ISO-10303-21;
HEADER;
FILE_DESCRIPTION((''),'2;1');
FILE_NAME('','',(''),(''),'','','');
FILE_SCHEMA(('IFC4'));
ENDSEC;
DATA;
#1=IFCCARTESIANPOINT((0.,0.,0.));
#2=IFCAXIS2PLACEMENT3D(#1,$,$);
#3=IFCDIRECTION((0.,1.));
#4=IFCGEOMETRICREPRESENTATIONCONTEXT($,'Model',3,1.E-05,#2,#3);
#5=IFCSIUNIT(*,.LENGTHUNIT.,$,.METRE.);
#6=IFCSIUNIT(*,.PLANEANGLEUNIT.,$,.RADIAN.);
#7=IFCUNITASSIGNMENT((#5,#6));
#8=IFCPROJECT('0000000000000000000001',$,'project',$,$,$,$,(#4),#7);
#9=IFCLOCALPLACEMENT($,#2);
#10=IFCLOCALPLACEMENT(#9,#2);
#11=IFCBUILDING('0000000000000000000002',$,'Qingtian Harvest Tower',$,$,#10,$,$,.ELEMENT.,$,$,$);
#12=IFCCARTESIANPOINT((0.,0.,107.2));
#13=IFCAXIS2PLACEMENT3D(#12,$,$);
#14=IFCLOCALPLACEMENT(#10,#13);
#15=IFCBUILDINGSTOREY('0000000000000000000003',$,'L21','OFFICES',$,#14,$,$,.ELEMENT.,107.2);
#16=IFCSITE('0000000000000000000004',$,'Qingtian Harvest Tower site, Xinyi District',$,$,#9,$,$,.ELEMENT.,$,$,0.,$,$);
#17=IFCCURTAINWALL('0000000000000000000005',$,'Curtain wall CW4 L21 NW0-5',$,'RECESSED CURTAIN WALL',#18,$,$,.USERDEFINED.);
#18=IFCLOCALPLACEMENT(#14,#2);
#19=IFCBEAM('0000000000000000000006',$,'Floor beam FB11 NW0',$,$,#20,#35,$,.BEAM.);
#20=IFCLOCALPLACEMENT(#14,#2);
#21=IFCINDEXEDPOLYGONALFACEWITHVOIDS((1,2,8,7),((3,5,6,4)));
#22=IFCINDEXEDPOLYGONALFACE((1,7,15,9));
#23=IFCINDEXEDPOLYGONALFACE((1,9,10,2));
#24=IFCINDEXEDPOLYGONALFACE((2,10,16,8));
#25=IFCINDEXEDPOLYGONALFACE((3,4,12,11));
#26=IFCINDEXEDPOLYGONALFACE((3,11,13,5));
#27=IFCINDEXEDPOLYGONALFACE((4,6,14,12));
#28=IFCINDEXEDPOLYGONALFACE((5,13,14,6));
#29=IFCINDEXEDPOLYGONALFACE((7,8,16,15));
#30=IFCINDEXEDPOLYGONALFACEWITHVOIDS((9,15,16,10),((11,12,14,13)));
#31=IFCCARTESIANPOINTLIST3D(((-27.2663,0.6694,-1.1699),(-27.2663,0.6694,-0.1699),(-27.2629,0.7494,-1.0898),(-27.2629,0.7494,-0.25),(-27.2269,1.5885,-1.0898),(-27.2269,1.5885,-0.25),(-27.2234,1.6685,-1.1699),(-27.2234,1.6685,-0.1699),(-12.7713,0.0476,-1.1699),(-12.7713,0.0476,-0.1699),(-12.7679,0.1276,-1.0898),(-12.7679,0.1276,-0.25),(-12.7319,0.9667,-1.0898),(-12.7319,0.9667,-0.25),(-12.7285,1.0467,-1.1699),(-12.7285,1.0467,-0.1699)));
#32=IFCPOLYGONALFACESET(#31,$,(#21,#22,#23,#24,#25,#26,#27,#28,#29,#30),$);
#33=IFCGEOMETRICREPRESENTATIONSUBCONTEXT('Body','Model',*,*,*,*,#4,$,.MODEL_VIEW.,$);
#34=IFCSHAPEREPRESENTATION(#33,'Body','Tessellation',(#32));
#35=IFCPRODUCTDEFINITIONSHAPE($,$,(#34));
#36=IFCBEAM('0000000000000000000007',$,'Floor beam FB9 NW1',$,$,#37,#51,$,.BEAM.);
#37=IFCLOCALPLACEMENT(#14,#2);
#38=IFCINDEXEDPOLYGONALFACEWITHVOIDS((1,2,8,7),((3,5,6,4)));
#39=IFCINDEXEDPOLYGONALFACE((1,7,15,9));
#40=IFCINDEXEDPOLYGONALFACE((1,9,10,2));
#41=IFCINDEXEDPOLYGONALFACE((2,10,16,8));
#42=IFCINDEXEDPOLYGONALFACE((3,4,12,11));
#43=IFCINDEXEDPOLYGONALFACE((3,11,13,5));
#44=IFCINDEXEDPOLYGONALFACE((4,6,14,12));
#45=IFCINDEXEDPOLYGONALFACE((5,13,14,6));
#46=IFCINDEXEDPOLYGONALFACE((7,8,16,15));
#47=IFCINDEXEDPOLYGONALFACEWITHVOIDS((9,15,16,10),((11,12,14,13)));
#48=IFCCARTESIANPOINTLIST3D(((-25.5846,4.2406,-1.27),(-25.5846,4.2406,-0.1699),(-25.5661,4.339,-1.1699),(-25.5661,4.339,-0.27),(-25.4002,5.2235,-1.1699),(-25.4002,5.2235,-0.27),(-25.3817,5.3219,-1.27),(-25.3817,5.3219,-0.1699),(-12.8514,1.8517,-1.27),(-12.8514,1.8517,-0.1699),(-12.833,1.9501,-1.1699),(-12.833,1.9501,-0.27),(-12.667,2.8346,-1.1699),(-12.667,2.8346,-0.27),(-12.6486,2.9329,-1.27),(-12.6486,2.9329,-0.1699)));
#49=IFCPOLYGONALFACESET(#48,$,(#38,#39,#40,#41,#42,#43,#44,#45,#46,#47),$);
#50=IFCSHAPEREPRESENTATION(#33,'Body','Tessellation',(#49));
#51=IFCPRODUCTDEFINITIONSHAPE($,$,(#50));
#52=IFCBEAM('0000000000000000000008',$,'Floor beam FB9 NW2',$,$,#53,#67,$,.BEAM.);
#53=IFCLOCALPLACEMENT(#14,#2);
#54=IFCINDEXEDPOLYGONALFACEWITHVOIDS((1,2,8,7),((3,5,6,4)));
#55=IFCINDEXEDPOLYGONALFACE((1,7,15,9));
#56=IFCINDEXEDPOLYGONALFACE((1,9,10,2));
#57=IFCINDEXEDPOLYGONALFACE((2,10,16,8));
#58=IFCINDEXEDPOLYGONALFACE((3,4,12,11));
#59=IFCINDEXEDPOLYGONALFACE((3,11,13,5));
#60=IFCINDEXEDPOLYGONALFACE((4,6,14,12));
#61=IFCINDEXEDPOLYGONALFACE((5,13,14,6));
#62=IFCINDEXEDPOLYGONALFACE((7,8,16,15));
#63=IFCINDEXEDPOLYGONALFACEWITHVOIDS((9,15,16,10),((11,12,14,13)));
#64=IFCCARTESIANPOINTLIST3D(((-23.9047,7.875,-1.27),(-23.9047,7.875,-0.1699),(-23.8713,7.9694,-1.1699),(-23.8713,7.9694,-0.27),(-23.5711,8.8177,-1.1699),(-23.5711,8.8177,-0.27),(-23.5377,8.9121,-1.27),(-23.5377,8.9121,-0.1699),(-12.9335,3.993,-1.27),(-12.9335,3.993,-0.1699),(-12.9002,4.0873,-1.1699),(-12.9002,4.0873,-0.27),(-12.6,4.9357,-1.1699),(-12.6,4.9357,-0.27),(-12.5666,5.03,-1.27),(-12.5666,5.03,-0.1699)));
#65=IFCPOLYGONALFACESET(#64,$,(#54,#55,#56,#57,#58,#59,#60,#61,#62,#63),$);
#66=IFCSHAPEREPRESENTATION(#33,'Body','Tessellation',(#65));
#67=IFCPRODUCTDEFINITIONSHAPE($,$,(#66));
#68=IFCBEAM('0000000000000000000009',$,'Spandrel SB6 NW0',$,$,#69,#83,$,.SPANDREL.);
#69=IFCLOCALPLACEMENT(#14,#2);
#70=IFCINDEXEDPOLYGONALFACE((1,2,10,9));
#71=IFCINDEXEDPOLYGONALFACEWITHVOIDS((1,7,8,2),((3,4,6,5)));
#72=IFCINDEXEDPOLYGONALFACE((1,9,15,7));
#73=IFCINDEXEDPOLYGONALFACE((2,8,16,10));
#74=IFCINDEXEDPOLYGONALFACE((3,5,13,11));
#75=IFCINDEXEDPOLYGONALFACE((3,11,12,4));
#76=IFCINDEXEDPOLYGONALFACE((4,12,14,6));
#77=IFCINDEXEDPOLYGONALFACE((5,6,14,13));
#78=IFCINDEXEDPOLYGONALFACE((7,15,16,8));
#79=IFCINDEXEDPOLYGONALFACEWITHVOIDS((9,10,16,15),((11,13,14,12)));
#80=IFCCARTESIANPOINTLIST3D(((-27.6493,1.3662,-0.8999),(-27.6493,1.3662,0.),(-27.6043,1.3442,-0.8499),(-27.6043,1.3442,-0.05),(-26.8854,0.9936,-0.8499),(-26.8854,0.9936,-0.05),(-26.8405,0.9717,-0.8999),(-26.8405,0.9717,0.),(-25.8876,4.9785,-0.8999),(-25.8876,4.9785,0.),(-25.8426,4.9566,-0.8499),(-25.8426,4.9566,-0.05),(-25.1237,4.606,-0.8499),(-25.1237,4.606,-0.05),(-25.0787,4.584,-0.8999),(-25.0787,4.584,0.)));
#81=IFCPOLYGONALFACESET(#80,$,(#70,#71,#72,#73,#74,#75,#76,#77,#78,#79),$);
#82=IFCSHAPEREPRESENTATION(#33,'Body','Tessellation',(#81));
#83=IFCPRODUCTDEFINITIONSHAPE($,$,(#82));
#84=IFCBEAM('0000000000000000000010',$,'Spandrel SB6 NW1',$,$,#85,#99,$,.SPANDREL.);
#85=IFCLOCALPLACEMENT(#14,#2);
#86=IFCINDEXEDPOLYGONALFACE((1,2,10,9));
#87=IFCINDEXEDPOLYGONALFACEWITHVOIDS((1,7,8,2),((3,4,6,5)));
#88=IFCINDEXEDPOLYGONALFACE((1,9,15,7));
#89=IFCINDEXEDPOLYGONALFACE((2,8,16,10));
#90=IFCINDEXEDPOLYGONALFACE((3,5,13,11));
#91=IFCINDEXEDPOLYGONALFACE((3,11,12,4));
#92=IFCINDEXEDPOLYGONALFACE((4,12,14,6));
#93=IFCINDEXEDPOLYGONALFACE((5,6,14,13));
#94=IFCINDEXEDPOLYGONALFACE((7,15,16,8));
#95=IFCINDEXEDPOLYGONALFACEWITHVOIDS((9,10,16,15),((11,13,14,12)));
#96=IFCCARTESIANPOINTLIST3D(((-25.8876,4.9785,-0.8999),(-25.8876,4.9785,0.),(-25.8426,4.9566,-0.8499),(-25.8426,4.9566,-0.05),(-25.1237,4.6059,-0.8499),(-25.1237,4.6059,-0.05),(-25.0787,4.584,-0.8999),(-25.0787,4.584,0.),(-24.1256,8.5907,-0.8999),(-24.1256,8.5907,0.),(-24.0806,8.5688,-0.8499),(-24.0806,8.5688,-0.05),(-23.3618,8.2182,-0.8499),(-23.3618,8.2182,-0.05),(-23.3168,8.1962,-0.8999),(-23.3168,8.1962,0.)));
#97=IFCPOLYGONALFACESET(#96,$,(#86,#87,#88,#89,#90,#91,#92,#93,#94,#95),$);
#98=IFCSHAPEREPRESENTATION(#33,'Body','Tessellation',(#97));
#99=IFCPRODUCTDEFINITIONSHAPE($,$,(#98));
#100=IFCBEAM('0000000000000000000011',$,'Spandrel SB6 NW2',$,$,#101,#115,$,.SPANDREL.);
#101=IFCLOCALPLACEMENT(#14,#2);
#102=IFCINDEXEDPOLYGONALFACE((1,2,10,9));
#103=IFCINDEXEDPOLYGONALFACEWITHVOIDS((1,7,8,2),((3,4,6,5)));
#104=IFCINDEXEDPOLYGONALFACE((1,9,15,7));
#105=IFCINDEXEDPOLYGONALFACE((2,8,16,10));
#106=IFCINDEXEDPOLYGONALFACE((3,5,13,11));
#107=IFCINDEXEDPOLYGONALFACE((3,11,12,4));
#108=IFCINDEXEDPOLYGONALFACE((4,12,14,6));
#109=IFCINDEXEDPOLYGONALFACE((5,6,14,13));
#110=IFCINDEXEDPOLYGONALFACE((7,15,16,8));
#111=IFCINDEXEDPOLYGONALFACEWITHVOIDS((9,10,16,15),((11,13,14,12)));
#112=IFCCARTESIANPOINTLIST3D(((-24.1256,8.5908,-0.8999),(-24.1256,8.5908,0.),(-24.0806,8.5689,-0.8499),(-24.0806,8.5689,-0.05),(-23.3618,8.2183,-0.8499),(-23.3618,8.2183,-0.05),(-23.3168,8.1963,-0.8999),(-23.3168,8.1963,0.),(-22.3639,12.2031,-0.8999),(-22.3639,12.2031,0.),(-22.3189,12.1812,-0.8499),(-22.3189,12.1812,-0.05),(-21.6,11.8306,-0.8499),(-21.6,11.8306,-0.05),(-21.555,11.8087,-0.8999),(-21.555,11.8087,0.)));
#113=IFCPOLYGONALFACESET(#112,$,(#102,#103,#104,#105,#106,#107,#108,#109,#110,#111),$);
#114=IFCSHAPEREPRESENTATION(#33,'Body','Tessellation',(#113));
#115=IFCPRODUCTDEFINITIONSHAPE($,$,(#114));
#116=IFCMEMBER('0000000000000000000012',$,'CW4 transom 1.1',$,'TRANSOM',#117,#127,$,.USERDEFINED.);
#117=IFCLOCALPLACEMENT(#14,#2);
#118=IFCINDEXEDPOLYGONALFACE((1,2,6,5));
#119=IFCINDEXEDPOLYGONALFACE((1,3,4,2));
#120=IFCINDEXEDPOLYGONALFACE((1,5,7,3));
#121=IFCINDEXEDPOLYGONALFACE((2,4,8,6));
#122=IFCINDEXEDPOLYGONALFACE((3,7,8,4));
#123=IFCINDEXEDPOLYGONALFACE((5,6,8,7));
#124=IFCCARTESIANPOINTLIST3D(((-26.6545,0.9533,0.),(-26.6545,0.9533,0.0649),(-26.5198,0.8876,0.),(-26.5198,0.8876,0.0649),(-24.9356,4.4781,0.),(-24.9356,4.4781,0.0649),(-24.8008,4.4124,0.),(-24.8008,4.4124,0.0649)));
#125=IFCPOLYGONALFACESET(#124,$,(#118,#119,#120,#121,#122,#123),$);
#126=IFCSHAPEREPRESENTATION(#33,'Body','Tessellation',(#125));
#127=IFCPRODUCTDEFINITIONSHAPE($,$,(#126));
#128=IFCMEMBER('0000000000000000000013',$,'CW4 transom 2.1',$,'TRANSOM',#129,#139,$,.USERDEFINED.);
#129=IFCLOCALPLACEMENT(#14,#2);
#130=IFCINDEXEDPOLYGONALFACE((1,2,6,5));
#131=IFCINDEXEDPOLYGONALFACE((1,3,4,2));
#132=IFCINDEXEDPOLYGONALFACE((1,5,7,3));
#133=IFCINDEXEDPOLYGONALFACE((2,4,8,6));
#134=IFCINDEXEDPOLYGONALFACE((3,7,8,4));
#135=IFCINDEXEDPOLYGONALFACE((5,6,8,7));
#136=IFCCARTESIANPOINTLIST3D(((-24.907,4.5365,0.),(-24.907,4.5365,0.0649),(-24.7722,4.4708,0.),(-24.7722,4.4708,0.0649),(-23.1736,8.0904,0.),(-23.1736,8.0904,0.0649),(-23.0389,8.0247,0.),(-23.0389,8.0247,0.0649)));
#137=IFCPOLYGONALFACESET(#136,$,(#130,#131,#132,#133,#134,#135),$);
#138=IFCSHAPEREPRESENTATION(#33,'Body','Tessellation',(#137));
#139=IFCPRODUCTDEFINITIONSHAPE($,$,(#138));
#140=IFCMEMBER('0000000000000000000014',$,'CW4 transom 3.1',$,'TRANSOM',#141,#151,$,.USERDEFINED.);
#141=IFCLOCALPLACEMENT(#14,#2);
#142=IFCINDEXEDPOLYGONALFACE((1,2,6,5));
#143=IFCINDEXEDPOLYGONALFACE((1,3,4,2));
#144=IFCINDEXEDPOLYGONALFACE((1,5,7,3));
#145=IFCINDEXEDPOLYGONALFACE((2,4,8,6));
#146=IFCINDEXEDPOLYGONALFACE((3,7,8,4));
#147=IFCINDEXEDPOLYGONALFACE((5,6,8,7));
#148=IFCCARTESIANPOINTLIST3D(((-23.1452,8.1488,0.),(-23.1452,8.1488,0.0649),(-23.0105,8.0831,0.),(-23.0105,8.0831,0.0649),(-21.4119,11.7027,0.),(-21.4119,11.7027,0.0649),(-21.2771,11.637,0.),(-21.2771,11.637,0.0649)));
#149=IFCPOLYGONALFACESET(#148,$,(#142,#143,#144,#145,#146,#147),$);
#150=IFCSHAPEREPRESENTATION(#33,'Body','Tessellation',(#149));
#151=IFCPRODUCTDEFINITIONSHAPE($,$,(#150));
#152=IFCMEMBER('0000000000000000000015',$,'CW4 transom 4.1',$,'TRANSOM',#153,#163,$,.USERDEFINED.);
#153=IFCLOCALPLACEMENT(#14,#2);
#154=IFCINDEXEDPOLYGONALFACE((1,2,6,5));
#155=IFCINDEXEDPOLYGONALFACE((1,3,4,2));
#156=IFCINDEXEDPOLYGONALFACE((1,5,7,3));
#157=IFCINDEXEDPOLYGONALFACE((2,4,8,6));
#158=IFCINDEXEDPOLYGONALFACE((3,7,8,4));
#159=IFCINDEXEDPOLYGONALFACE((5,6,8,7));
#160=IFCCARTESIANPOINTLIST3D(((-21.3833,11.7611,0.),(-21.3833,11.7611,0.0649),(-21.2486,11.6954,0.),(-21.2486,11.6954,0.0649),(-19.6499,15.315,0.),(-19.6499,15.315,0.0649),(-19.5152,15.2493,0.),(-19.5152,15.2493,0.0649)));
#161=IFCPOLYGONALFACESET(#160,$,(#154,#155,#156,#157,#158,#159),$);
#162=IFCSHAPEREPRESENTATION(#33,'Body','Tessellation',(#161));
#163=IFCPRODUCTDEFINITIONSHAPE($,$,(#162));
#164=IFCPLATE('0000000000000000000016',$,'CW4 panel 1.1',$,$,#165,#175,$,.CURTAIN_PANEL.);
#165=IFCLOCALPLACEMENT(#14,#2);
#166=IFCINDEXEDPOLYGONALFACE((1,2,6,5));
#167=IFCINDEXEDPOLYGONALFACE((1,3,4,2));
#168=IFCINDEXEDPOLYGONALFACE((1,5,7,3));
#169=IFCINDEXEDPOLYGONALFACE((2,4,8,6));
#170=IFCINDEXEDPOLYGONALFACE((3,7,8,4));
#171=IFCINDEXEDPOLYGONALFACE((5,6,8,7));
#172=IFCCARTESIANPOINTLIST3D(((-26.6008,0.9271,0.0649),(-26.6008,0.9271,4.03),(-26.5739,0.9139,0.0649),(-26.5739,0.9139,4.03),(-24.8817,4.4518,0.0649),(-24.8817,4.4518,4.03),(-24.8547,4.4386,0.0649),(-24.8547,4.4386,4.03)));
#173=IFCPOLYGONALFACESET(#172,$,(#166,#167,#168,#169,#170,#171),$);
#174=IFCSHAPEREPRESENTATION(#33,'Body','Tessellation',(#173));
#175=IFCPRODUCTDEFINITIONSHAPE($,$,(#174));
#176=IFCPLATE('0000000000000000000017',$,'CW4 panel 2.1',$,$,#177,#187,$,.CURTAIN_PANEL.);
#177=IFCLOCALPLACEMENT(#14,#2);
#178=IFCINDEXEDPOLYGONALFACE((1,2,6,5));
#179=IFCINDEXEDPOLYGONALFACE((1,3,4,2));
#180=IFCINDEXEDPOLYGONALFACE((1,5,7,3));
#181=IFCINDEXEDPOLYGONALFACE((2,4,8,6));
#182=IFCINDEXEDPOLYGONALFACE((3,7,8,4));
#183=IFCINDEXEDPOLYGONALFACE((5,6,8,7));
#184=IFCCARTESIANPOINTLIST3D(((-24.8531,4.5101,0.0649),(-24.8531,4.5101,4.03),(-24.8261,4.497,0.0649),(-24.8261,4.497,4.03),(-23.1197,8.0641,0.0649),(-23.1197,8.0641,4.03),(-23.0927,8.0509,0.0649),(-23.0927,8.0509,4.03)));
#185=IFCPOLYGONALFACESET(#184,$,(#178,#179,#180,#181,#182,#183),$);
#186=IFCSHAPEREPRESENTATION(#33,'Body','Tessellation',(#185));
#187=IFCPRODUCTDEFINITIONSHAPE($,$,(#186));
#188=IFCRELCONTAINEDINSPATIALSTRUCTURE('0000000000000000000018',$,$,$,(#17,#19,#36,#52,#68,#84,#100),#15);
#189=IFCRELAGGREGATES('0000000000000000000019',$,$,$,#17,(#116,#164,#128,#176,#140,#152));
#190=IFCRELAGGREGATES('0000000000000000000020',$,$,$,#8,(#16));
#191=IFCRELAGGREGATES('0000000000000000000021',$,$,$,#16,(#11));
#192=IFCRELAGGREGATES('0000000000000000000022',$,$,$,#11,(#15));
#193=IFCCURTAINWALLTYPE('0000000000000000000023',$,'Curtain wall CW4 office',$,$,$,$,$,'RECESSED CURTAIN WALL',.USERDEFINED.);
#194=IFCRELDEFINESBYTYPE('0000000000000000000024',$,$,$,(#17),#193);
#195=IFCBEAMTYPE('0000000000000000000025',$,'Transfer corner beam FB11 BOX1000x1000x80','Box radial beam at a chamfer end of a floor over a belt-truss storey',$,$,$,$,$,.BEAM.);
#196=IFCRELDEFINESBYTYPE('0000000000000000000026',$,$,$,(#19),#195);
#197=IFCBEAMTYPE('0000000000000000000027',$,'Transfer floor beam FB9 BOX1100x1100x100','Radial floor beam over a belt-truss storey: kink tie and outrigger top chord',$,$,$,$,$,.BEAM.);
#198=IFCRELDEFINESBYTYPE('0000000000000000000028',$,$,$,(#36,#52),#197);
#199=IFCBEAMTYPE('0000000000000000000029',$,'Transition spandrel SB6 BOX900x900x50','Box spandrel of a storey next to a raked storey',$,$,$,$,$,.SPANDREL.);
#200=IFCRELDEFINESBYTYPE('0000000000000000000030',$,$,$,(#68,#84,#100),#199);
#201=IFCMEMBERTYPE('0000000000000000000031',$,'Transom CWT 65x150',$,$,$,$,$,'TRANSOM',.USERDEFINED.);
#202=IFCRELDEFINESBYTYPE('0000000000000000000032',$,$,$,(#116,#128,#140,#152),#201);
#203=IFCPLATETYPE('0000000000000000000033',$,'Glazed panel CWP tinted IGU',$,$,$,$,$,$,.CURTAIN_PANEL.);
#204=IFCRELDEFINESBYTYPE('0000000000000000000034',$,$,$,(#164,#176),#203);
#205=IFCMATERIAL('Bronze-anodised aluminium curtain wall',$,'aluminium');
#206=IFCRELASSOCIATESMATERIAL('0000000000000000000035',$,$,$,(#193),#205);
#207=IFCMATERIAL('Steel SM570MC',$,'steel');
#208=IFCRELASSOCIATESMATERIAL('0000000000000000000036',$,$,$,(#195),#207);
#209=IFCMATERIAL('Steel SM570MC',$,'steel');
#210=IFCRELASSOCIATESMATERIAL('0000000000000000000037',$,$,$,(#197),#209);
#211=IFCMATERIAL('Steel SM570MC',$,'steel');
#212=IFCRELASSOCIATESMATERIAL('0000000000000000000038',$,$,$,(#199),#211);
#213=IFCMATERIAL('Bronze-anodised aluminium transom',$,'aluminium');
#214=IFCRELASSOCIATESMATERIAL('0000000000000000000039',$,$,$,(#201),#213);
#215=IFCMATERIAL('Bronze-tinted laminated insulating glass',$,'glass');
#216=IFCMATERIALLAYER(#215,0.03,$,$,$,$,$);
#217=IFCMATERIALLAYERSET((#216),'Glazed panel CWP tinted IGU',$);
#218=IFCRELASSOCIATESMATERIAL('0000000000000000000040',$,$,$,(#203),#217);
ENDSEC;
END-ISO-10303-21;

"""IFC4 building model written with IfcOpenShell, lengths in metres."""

from ifc_helpers import new_model, si_unit, direction, frame, origin, origin_2d, place, context, subcontext, project, spatial, rectangle, hollow_rectangle, extrude, material, layer, layer_set, material_profile, profile_set, type_object, element, aggregate, save


model = new_model("IFC4")

# Units and contexts
model_context = context("Model", 3, precision=1e-05, world=origin(), true_north=direction((0.0, 1.0)))
body_context = subcontext(model_context, "Body", "Model", "MODEL_VIEW")
ifc_project = project(units=[si_unit("LENGTHUNIT", "METRE"), si_unit("PLANEANGLEUNIT", "RADIAN")], contexts=[model_context])

# Site, building, storey
site_placement = place(None, origin())
site = spatial("IfcSite", under=ifc_project, at=site_placement, Name="Qingtian Harvest Tower site, Xinyi District", CompositionType="ELEMENT", RefElevation=0.0)
building_placement = place(site_placement, origin())
building = spatial("IfcBuilding", under=site, at=building_placement, Name="Qingtian Harvest Tower", CompositionType="ELEMENT")
storey_placement = place(building_placement, frame((0.0, 0.0, 107.2)))
storey = spatial("IfcBuildingStorey", under=building, at=storey_placement, Name="L21", Description="OFFICES", CompositionType="ELEMENT", Elevation=107.2)

# Shared definitions
ifc_material_1 = material(Name="Bronze-anodised aluminium curtain wall", Category="aluminium")
curtain_wall_type = type_object("IfcCurtainWallType", Name="Curtain wall CW4 office", ElementType="RECESSED CURTAIN WALL", PredefinedType="USERDEFINED", material=ifc_material_1)

# Curtain wall
curtain_wall_1_placement = place(storey_placement, origin())
curtain_wall_1 = element("IfcCurtainWall", 1, at=curtain_wall_1_placement, inside=storey, type_object=curtain_wall_type, Name="Curtain wall CW4 L21 NW0-5", ObjectType="RECESSED CURTAIN WALL", PredefinedType="USERDEFINED")

# Beams
ifc_material_2 = material(Name="Steel SM570MC", Category="steel")
ifc_material_profile_1 = material_profile(ifc_material_2, hollow_rectangle(XDim=1.0, YDim=1.0, WallThickness=0.0801, at=origin_2d()), Name="BOX1000x1000x80")
ifc_profile_set_1 = profile_set([ifc_material_profile_1], Name="Steel SM570MC")
beam_type_1 = type_object("IfcBeamType", Name="Transfer corner beam FB11 BOX1000x1000x80", Description="Box radial beam at a chamfer end of a floor over a belt-truss storey", PredefinedType="BEAM", material=ifc_profile_set_1)
beam_1_placement = place(storey_placement, frame((-27.2449, 1.1689, -0.6699), z_axis=(0.999081, -0.04286, 0.0), x_axis=(0.04286, 0.999081, 0.0)))
element("IfcBeam", 2, at=beam_1_placement, inside=storey, type_object=beam_type_1, Name="Floor beam FB11 NW0", PredefinedType="BEAM", context=body_context, shape_type="SweptSolid", body=[
    extrude(hollow_rectangle(XDim=1.0, YDim=1.0, WallThickness=0.0801, at=origin_2d()), origin(), (0.0, 0.0, 1.0), 14.5083),
])
ifc_material_3 = material(Name="Steel SM570MC", Category="steel")
ifc_material_profile_2 = material_profile(ifc_material_3, hollow_rectangle(XDim=1.1001, YDim=1.1001, WallThickness=0.1001, at=origin_2d()), Name="BOX1100x1100x100")
ifc_profile_set_2 = profile_set([ifc_material_profile_2], Name="Steel SM570MC")
beam_type_2 = type_object("IfcBeamType", Name="Transfer floor beam FB9 BOX1100x1100x100", Description="Radial floor beam over a belt-truss storey: kink tie and outrigger top chord", PredefinedType="BEAM", material=ifc_profile_set_2)
beam_2_placement = place(storey_placement, frame((-25.4832, 4.7812, -0.72), z_axis=(0.982852, -0.184397, 0.0), x_axis=(0.184397, 0.982852, 0.0)))
element("IfcBeam", 3, at=beam_2_placement, inside=storey, type_object=beam_type_2, Name="Floor beam FB9 NW1", PredefinedType="BEAM", context=body_context, shape_type="SweptSolid", body=[
    extrude(hollow_rectangle(XDim=1.1001, YDim=1.1001, WallThickness=0.1001, at=origin_2d()), origin(), (0.0, 0.0, 1.0), 12.9553),
])
beam_3_placement = place(storey_placement, frame((-23.7212, 8.3936, -0.72), z_axis=(0.942723, -0.333576, 0.0), x_axis=(0.333576, 0.942723, 0.0)))
element("IfcBeam", 4, at=beam_3_placement, inside=storey, type_object=beam_type_2, Name="Floor beam FB9 NW2", PredefinedType="BEAM", context=body_context, shape_type="SweptSolid", body=[
    extrude(hollow_rectangle(XDim=1.1001, YDim=1.1001, WallThickness=0.1001, at=origin_2d()), origin(), (0.0, 0.0, 1.0), 11.6377),
])
ifc_material_4 = material(Name="Steel SM570MC", Category="steel")
ifc_material_profile_3 = material_profile(ifc_material_4, hollow_rectangle(XDim=0.8999, YDim=0.8999, WallThickness=0.05, at=origin_2d()), Name="BOX900x900x50")
ifc_profile_set_3 = profile_set([ifc_material_profile_3], Name="Steel SM570MC")
beam_type_3 = type_object("IfcBeamType", Name="Transition spandrel SB6 BOX900x900x50", Description="Box spandrel of a storey next to a raked storey", PredefinedType="SPANDREL", material=ifc_profile_set_3)
for number, where, z_axis, x_axis, name in (
    (5, (-27.2449, 1.1689, -0.45), (0.438347, 0.898806, 0.0), (-0.898806, 0.438347, 0.0), "Spandrel SB6 NW0"),
    (6, (-25.4832, 4.7812, -0.45), (0.438396, 0.898782, 0.0), (-0.898782, 0.438396, 0.0), "Spandrel SB6 NW1"),
    (7, (-23.7212, 8.3936, -0.45), (0.438347, 0.898806, 0.0), (-0.898806, 0.438347, 0.0), "Spandrel SB6 NW2"),
):
    element("IfcBeam", number, at=place(storey_placement, frame(where, z_axis=z_axis, x_axis=x_axis)), inside=storey, type_object=beam_type_3, Name=name, PredefinedType="SPANDREL", context=body_context, shape_type="SweptSolid", body=[
        extrude(hollow_rectangle(XDim=0.8999, YDim=0.8999, WallThickness=0.05, at=origin_2d()), origin(), (0.0, 0.0, 1.0), 4.019),
    ])

# Members
ifc_material_5 = material(Name="Bronze-anodised aluminium transom", Category="aluminium")
ifc_material_profile_4 = material_profile(ifc_material_5, rectangle(XDim=0.1499, YDim=0.0649, at=origin_2d()), Name="AL 65x150")
ifc_profile_set_4 = profile_set([ifc_material_profile_4], Name="Bronze-anodised aluminium transom")
member_type_1 = type_object("IfcMemberType", Name="Transom CWT 65x150", ElementType="TRANSOM", PredefinedType="USERDEFINED", material=ifc_profile_set_4)
member_1_placement = place(storey_placement, frame((-26.5872, 0.9204, 0.0325), z_axis=(0.438327, 0.898816, 0.0), x_axis=(-0.898816, 0.438327, 0.0)))
member_1 = element("IfcMember", 8, at=member_1_placement, type_object=member_type_1, Name="CW4 transom 1.1", ObjectType="TRANSOM", PredefinedType="USERDEFINED", context=body_context, shape_type="SweptSolid", body=[
    extrude(rectangle(XDim=0.1499, YDim=0.0649, at=origin_2d()), origin(), (0.0, 0.0, 1.0), 3.9216),
])
member_2_placement = place(storey_placement, frame((-24.8396, 4.5037, 0.0325), z_axis=(0.438375, 0.898792, 0.0), x_axis=(-0.898792, 0.438375, 0.0)))
member_2 = element("IfcMember", 9, at=member_2_placement, type_object=member_type_1, Name="CW4 transom 2.1", ObjectType="TRANSOM", PredefinedType="USERDEFINED", context=body_context, shape_type="SweptSolid", body=[
    extrude(rectangle(XDim=0.1499, YDim=0.0649, at=origin_2d()), origin(), (0.0, 0.0, 1.0), 3.9541),
])
member_3_placement = place(storey_placement, frame((-23.0779, 8.116, 0.0325), z_axis=(0.438375, 0.898792, 0.0), x_axis=(-0.898792, 0.438375, 0.0)))
member_3 = element("IfcMember", 10, at=member_3_placement, type_object=member_type_1, Name="CW4 transom 3.1", ObjectType="TRANSOM", PredefinedType="USERDEFINED", context=body_context, shape_type="SweptSolid", body=[
    extrude(rectangle(XDim=0.1499, YDim=0.0649, at=origin_2d()), origin(), (0.0, 0.0, 1.0), 3.9541),
])
member_4_placement = place(storey_placement, frame((-21.3159, 11.7283, 0.0325), z_axis=(0.438375, 0.898792, 0.0), x_axis=(-0.898792, 0.438375, 0.0)))
member_4 = element("IfcMember", 11, at=member_4_placement, type_object=member_type_1, Name="CW4 transom 4.1", ObjectType="TRANSOM", PredefinedType="USERDEFINED", context=body_context, shape_type="SweptSolid", body=[
    extrude(rectangle(XDim=0.1499, YDim=0.0649, at=origin_2d()), origin(), (0.0, 0.0, 1.0), 3.9541),
])

# Plates
ifc_material_6 = material(Name="Bronze-tinted laminated insulating glass", Category="glass")
ifc_layer_1 = layer(ifc_material_6, 0.03)
ifc_layer_set_1 = layer_set([ifc_layer_1], Name="Glazed panel CWP tinted IGU")
plate_type = type_object("IfcPlateType", Name="Glazed panel CWP tinted IGU", PredefinedType="CURTAIN_PANEL", material=ifc_layer_set_1)
plate_1_placement = place(storey_placement, frame((-25.7278, 2.6829, 0.0649), z_axis=(0.0, 0.0, 1.0), x_axis=(0.438371, 0.898794, 0.0)))
plate_1 = element("IfcPlate", 12, at=plate_1_placement, type_object=plate_type, Name="CW4 panel 1.1", PredefinedType="CURTAIN_PANEL", context=body_context, shape_type="SweptSolid", body=[
    extrude(rectangle(XDim=3.9216, YDim=0.03, at=origin_2d()), origin(), (0.0, 0.0, 1.0), 3.9651),
])
plate_2_placement = place(storey_placement, frame((-23.9729, 6.2805, 0.0649), z_axis=(0.0, 0.0, 1.0), x_axis=(0.438371, 0.898794, 0.0)))
plate_2 = element("IfcPlate", 13, at=plate_2_placement, type_object=plate_type, Name="CW4 panel 2.1", PredefinedType="CURTAIN_PANEL", context=body_context, shape_type="SweptSolid", body=[
    extrude(rectangle(XDim=3.9541, YDim=0.03, at=origin_2d()), origin(), (0.0, 0.0, 1.0), 3.9651),
])
aggregate(curtain_wall_1, [member_1, plate_1, member_2, plate_2, member_3, member_4])

save(model, "model.ifc")
